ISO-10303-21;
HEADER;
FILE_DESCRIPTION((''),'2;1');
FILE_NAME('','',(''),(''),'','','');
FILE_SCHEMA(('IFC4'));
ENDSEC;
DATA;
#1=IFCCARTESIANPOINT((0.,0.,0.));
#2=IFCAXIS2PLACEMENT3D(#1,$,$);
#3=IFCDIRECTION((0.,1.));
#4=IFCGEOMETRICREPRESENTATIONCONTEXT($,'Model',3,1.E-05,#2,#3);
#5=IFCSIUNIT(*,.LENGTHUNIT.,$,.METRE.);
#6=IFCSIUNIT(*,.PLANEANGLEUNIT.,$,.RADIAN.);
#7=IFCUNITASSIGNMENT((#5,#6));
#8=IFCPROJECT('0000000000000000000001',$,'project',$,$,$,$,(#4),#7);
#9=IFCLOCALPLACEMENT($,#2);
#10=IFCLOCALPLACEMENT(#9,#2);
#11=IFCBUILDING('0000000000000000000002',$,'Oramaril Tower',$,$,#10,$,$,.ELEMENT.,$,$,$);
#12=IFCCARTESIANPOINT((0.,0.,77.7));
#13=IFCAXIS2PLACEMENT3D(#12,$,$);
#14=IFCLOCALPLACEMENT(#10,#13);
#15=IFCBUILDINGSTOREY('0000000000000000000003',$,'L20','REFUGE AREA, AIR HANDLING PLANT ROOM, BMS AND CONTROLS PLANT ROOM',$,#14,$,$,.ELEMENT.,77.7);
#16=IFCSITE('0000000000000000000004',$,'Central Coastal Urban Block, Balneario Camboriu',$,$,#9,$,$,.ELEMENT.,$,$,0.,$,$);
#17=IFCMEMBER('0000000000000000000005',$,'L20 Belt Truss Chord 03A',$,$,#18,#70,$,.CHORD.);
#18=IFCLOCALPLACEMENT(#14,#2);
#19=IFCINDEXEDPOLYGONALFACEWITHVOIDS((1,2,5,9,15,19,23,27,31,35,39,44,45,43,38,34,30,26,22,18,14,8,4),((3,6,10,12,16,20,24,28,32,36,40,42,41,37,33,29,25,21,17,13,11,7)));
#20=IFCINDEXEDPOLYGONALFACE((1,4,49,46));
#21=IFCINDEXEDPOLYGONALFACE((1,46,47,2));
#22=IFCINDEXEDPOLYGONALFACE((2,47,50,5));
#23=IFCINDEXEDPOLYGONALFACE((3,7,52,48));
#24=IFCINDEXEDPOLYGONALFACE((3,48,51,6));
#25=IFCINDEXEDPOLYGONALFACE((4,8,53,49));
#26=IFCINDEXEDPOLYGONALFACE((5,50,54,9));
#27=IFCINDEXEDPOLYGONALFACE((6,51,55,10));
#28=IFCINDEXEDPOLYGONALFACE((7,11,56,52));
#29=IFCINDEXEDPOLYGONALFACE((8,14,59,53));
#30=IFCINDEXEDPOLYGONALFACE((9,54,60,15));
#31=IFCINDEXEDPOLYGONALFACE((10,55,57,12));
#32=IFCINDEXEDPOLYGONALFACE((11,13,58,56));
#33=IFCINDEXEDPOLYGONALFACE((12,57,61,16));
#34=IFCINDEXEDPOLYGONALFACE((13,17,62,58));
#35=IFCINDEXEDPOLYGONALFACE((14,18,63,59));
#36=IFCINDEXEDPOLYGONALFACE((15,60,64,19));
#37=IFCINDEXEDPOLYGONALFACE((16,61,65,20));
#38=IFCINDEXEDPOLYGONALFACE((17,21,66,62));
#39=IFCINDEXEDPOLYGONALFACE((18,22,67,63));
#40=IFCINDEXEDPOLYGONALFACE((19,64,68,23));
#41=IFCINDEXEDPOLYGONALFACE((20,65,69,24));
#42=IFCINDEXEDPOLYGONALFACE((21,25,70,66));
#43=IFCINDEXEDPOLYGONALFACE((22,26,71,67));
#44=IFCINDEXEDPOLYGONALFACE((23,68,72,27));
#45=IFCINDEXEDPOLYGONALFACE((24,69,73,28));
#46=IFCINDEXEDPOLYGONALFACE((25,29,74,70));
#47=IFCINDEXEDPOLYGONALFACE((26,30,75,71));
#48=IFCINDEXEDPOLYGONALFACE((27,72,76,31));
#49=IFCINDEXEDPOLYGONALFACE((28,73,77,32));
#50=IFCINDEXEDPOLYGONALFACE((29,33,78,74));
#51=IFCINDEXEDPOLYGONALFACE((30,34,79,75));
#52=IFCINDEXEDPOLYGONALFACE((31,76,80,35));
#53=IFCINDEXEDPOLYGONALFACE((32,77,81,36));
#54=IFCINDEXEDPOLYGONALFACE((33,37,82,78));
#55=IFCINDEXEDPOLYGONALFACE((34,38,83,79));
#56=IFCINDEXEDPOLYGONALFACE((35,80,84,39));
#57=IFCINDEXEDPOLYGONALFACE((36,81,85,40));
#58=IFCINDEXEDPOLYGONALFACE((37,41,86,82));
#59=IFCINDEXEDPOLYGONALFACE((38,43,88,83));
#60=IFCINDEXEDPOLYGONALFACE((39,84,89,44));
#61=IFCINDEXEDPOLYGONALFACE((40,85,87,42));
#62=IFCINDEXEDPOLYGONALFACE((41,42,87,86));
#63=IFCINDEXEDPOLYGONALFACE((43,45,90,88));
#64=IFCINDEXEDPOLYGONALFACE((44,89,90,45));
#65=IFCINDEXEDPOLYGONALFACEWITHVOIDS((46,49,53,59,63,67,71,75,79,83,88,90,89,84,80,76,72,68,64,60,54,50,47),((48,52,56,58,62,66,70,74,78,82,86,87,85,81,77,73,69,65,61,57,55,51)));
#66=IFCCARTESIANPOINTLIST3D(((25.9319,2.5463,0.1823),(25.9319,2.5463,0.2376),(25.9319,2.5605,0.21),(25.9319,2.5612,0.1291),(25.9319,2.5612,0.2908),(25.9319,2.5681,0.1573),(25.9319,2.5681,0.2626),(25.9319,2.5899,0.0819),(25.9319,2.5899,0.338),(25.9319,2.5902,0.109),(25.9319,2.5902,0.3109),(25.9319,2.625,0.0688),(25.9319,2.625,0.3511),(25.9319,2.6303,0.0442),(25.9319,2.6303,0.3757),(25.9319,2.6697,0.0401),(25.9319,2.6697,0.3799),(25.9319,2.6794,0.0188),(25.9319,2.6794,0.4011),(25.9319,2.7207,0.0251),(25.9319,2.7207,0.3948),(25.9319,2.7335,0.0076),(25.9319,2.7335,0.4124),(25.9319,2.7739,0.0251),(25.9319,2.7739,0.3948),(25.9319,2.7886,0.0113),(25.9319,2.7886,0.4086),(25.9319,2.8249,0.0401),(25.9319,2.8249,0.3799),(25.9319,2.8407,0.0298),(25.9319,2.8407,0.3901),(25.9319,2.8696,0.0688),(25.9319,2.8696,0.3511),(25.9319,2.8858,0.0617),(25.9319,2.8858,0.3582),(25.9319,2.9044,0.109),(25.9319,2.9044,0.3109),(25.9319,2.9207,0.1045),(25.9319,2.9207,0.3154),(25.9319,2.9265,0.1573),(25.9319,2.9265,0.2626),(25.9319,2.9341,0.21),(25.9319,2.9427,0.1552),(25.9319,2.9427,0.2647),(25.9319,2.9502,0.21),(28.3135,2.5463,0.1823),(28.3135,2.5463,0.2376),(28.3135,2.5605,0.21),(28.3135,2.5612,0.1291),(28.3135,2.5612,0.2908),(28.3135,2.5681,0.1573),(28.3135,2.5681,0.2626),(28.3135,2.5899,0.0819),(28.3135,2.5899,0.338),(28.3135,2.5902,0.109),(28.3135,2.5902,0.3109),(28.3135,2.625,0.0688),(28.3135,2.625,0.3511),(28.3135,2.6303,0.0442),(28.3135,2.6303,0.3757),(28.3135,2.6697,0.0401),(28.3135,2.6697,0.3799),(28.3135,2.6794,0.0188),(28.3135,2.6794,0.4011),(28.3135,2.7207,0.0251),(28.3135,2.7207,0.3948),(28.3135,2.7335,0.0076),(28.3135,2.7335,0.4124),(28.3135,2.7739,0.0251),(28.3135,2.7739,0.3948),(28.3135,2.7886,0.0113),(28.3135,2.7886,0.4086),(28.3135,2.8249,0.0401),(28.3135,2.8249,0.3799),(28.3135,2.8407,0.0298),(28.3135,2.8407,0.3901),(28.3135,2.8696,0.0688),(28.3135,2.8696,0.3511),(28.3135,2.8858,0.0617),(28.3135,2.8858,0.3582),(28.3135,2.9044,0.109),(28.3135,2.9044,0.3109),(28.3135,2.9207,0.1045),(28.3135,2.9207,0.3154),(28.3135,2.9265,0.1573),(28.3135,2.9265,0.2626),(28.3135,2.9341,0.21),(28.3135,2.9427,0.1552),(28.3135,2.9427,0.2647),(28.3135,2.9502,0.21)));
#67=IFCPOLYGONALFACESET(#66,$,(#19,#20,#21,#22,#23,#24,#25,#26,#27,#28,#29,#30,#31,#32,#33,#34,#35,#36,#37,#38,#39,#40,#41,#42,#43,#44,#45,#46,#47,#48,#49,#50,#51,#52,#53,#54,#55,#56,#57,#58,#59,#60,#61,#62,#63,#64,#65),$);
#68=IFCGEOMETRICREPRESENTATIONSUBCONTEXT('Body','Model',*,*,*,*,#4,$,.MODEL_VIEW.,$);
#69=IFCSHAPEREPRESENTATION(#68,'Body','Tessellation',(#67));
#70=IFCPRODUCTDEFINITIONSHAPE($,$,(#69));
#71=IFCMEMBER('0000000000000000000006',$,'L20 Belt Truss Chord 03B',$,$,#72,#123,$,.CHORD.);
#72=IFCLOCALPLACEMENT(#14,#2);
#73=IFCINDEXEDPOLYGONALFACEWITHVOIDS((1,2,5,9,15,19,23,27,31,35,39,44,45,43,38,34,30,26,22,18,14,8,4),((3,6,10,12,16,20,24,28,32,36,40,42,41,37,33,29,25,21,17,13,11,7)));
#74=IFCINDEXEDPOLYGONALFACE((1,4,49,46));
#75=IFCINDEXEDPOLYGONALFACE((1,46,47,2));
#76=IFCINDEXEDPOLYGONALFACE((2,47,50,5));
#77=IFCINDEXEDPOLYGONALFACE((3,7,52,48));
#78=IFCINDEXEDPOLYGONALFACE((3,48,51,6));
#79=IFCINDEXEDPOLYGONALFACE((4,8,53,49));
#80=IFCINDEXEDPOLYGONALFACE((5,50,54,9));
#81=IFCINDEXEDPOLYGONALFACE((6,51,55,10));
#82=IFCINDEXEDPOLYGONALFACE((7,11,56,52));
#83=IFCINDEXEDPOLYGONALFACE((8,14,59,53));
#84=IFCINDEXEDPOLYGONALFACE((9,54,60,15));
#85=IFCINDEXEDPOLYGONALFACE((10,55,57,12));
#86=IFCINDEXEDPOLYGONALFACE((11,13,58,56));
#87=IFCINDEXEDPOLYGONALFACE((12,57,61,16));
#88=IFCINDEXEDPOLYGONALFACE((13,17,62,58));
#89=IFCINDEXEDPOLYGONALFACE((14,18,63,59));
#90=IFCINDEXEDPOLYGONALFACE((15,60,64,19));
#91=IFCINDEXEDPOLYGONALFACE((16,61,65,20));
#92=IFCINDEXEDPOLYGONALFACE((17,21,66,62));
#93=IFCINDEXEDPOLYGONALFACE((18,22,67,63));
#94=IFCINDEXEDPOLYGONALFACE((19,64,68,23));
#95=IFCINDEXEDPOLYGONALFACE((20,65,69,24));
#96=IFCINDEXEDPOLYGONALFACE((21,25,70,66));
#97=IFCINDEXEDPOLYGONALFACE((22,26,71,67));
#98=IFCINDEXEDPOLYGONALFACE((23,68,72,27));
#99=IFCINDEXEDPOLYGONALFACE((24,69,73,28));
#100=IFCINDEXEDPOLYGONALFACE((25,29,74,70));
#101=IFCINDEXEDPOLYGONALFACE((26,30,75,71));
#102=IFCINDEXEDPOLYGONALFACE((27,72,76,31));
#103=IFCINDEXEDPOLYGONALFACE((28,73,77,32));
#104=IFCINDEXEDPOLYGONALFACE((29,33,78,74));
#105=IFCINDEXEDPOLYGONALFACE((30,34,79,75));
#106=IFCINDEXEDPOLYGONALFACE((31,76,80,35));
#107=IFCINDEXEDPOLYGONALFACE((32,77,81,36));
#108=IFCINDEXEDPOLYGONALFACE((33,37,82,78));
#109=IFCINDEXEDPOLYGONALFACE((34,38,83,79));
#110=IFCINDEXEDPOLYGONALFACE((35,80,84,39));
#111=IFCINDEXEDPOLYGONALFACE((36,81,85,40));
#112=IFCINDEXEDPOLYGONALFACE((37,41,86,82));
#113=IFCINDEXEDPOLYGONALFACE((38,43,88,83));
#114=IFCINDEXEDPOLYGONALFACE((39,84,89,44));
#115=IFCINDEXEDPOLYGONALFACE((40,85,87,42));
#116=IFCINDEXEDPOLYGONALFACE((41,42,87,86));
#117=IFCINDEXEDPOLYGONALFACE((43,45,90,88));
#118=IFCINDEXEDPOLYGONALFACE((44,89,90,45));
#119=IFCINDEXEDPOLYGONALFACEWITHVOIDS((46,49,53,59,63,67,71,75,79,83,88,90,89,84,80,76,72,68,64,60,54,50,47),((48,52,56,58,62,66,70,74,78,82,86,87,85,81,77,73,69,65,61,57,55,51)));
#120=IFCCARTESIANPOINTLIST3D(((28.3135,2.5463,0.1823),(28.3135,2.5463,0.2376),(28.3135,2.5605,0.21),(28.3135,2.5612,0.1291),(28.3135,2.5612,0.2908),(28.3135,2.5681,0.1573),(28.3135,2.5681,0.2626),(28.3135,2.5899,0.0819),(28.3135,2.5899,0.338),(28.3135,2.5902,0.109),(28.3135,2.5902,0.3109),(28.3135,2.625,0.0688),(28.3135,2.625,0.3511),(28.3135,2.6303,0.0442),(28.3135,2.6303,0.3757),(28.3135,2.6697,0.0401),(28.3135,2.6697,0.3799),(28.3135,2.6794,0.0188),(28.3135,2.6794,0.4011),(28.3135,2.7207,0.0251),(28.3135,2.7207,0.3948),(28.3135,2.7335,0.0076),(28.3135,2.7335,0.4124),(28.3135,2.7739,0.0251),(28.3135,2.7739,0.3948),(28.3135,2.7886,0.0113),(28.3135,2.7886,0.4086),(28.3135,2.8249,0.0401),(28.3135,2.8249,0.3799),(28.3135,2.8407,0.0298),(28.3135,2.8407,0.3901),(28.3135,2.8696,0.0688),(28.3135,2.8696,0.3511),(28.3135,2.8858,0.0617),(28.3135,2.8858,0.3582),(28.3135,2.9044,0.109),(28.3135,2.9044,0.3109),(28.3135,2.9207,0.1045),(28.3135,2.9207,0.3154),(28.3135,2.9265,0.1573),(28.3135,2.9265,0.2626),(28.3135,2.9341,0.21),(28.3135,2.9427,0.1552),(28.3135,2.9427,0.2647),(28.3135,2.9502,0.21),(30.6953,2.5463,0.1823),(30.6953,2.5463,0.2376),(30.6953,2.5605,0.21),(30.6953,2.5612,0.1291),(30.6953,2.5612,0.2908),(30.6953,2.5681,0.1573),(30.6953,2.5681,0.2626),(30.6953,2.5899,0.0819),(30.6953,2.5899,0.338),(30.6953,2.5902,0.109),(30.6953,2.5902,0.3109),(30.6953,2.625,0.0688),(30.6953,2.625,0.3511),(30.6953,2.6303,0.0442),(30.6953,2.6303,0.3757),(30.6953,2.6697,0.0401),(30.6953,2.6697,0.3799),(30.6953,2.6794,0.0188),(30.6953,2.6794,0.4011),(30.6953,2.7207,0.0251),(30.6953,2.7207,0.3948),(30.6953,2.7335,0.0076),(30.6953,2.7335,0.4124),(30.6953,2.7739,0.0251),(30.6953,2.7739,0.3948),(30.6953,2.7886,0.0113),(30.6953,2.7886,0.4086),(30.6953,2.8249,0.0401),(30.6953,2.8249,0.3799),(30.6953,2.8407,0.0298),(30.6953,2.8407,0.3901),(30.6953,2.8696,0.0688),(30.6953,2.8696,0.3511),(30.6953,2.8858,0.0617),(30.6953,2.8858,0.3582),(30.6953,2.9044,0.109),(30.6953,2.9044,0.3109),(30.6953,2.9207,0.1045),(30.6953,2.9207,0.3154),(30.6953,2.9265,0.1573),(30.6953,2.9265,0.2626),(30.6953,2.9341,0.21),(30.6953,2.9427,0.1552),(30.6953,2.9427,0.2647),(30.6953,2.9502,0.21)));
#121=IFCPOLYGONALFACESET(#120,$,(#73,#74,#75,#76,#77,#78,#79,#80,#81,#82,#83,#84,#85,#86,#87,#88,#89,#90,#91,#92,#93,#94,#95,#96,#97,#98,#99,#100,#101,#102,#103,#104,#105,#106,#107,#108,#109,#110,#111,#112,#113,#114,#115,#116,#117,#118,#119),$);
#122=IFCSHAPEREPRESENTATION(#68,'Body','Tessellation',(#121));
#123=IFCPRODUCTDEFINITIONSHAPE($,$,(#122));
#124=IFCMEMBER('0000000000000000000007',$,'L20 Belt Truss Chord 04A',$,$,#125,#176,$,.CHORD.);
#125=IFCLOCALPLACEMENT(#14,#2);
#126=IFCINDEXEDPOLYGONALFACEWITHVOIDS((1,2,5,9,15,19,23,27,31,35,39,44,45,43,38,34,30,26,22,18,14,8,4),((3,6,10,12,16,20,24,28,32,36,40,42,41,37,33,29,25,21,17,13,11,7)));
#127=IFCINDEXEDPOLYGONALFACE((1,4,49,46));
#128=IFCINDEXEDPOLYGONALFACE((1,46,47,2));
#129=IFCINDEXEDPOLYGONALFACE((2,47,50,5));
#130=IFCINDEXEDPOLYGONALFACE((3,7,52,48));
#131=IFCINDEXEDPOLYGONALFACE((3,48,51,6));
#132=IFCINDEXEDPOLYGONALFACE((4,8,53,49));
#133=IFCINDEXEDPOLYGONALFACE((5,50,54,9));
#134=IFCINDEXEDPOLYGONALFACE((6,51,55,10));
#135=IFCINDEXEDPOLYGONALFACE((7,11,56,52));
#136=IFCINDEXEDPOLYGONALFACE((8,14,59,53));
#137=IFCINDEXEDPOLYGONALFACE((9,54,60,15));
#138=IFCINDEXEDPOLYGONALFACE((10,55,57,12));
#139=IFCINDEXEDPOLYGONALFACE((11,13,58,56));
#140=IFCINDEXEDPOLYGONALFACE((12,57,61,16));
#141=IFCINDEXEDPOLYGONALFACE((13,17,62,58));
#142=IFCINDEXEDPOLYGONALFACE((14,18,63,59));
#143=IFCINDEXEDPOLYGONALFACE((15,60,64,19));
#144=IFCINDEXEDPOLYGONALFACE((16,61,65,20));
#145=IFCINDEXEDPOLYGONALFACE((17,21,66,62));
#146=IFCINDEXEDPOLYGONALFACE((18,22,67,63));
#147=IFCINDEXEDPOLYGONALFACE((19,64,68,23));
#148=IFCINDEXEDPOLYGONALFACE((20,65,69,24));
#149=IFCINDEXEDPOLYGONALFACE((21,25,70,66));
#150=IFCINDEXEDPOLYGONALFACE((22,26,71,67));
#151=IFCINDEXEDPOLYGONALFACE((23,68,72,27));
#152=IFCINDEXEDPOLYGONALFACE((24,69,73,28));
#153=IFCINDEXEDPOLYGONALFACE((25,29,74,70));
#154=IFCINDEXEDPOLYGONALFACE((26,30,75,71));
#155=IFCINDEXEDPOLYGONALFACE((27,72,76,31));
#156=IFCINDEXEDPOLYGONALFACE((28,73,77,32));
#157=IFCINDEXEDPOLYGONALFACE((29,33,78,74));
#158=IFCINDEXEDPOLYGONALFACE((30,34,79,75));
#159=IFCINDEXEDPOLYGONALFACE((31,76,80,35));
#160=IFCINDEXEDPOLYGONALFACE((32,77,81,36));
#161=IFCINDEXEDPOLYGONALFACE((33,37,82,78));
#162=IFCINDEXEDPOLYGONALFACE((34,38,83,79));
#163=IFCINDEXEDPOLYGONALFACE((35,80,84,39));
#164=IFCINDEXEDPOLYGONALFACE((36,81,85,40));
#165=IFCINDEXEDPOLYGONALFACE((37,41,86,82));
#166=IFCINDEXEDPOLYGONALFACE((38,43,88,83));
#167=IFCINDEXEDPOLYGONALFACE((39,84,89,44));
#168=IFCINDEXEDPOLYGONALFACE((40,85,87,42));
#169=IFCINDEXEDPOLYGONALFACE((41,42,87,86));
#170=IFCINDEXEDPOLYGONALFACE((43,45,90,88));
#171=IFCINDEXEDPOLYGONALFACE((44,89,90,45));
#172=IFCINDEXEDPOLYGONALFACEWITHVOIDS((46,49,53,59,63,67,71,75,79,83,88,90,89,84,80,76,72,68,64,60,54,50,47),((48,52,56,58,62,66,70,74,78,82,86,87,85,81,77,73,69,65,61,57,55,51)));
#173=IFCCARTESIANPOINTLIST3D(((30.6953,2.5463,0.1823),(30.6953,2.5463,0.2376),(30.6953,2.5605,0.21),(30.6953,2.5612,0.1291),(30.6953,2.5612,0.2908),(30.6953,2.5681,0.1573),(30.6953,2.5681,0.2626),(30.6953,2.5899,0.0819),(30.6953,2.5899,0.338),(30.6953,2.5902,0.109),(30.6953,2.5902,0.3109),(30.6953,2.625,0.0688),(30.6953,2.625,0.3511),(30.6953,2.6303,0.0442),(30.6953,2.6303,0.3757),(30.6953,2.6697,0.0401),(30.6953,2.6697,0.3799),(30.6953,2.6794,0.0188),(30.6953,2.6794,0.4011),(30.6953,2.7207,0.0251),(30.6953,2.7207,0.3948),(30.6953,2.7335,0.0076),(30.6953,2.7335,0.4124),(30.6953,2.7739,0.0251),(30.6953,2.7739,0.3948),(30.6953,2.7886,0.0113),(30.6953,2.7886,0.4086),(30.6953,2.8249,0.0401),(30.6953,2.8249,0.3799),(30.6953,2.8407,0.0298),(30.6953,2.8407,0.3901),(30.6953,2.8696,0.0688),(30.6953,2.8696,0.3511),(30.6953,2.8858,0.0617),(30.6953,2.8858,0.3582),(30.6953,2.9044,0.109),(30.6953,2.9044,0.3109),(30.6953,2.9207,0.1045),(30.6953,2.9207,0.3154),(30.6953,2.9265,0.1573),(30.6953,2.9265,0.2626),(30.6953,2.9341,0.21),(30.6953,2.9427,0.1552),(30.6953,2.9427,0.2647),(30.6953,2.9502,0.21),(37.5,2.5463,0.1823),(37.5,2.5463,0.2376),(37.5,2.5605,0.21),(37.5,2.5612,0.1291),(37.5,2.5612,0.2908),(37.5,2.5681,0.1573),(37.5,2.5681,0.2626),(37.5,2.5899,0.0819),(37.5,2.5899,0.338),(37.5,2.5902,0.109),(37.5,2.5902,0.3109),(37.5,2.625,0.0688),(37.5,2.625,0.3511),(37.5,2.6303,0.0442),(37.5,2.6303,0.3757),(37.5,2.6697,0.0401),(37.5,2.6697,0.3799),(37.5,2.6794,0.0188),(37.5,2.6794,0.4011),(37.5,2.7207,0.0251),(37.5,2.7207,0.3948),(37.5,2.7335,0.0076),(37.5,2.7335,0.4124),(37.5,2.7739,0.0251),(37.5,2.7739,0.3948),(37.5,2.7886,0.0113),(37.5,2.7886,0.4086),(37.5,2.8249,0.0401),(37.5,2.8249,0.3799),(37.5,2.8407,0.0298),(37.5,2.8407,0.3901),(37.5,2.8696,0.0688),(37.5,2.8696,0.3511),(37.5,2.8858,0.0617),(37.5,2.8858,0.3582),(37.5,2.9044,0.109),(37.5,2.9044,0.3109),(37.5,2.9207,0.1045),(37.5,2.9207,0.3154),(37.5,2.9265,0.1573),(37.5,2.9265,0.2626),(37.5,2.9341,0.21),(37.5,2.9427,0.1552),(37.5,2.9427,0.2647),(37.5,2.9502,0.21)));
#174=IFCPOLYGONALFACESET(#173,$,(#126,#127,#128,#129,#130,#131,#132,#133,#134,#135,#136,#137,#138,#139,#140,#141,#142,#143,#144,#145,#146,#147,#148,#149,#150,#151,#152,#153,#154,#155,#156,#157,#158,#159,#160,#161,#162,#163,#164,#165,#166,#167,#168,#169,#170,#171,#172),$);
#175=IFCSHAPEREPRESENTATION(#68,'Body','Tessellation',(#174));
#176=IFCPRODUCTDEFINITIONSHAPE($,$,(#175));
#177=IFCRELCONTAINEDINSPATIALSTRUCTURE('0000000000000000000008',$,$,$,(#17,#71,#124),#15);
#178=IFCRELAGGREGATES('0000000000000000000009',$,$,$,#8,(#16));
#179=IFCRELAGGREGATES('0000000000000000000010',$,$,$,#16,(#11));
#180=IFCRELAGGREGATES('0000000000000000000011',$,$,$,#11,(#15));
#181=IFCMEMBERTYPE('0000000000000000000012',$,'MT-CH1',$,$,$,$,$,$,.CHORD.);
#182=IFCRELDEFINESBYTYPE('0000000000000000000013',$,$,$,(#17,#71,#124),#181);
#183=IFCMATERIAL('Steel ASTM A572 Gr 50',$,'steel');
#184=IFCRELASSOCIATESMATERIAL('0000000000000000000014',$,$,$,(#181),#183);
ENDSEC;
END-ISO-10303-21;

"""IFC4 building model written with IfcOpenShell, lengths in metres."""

from ifc_helpers import new_model, si_unit, direction, frame, origin, origin_2d, place, context, subcontext, project, spatial, hollow_circle, extrude, material, material_profile, profile_set, type_object, element, save


model = new_model("IFC4")

# Units and contexts
model_context = context("Model", 3, precision=1e-05, world=origin(), true_north=direction((0.0, 1.0)))
body_context = subcontext(model_context, "Body", "Model", "MODEL_VIEW")
ifc_project = project(units=[si_unit("LENGTHUNIT", "METRE"), si_unit("PLANEANGLEUNIT", "RADIAN")], contexts=[model_context])

# Site, building, storey
site_placement = place(None, origin())
site = spatial("IfcSite", under=ifc_project, at=site_placement, Name="Central Coastal Urban Block, Balneario Camboriu", CompositionType="ELEMENT", RefElevation=0.0)
building_placement = place(site_placement, origin())
building = spatial("IfcBuilding", under=site, at=building_placement, Name="Oramaril Tower", CompositionType="ELEMENT")
storey_placement = place(building_placement, frame((0.0, 0.0, 77.7)))
storey = spatial("IfcBuildingStorey", under=building, at=storey_placement, Name="L20", Description="REFUGE AREA, AIR HANDLING PLANT ROOM, BMS AND CONTROLS PLANT ROOM", CompositionType="ELEMENT", Elevation=77.7)

# Members
ifc_material_1 = material(Name="Steel ASTM A572 Gr 50", Category="steel")
ifc_material_profile_1 = material_profile(ifc_material_1, hollow_circle(Radius=0.2029, WallThickness=0.0161, at=origin_2d()), Name="CHS406X16")
ifc_profile_set_1 = profile_set([ifc_material_profile_1], Name="Steel ASTM A572 Gr 50")
member_type_1 = type_object("IfcMemberType", Name="MT-CH1", PredefinedType="CHORD", material=ifc_profile_set_1)
member_1_placement = place(storey_placement, frame((25.9319, 2.7473, 0.21), z_axis=(1.0, 0.0, 0.0), x_axis=(0.0, 1.0, 0.0)))
element("IfcMember", 1, at=member_1_placement, inside=storey, type_object=member_type_1, Name="L20 Belt Truss Chord 03A", PredefinedType="CHORD", context=body_context, shape_type="SweptSolid", body=[
    extrude(hollow_circle(Radius=0.2029, WallThickness=0.0161, at=origin_2d()), origin(), (0.0, 0.0, 1.0), 2.3816),
])
member_2_placement = place(storey_placement, frame((28.3135, 2.7473, 0.21), z_axis=(1.0, 0.0, 0.0), x_axis=(0.0, 1.0, 0.0)))
element("IfcMember", 2, at=member_2_placement, inside=storey, type_object=member_type_1, Name="L20 Belt Truss Chord 03B", PredefinedType="CHORD", context=body_context, shape_type="SweptSolid", body=[
    extrude(hollow_circle(Radius=0.2029, WallThickness=0.0161, at=origin_2d()), origin(), (0.0, 0.0, 1.0), 2.3818),
])
member_3_placement = place(storey_placement, frame((30.6953, 2.7473, 0.21), z_axis=(1.0, 0.0, 0.0), x_axis=(0.0, 1.0, 0.0)))
element("IfcMember", 3, at=member_3_placement, inside=storey, type_object=member_type_1, Name="L20 Belt Truss Chord 04A", PredefinedType="CHORD", context=body_context, shape_type="SweptSolid", body=[
    extrude(hollow_circle(Radius=0.2029, WallThickness=0.0161, at=origin_2d()), origin(), (0.0, 0.0, 1.0), 6.8047),
])

save(model, "model.ifc")
